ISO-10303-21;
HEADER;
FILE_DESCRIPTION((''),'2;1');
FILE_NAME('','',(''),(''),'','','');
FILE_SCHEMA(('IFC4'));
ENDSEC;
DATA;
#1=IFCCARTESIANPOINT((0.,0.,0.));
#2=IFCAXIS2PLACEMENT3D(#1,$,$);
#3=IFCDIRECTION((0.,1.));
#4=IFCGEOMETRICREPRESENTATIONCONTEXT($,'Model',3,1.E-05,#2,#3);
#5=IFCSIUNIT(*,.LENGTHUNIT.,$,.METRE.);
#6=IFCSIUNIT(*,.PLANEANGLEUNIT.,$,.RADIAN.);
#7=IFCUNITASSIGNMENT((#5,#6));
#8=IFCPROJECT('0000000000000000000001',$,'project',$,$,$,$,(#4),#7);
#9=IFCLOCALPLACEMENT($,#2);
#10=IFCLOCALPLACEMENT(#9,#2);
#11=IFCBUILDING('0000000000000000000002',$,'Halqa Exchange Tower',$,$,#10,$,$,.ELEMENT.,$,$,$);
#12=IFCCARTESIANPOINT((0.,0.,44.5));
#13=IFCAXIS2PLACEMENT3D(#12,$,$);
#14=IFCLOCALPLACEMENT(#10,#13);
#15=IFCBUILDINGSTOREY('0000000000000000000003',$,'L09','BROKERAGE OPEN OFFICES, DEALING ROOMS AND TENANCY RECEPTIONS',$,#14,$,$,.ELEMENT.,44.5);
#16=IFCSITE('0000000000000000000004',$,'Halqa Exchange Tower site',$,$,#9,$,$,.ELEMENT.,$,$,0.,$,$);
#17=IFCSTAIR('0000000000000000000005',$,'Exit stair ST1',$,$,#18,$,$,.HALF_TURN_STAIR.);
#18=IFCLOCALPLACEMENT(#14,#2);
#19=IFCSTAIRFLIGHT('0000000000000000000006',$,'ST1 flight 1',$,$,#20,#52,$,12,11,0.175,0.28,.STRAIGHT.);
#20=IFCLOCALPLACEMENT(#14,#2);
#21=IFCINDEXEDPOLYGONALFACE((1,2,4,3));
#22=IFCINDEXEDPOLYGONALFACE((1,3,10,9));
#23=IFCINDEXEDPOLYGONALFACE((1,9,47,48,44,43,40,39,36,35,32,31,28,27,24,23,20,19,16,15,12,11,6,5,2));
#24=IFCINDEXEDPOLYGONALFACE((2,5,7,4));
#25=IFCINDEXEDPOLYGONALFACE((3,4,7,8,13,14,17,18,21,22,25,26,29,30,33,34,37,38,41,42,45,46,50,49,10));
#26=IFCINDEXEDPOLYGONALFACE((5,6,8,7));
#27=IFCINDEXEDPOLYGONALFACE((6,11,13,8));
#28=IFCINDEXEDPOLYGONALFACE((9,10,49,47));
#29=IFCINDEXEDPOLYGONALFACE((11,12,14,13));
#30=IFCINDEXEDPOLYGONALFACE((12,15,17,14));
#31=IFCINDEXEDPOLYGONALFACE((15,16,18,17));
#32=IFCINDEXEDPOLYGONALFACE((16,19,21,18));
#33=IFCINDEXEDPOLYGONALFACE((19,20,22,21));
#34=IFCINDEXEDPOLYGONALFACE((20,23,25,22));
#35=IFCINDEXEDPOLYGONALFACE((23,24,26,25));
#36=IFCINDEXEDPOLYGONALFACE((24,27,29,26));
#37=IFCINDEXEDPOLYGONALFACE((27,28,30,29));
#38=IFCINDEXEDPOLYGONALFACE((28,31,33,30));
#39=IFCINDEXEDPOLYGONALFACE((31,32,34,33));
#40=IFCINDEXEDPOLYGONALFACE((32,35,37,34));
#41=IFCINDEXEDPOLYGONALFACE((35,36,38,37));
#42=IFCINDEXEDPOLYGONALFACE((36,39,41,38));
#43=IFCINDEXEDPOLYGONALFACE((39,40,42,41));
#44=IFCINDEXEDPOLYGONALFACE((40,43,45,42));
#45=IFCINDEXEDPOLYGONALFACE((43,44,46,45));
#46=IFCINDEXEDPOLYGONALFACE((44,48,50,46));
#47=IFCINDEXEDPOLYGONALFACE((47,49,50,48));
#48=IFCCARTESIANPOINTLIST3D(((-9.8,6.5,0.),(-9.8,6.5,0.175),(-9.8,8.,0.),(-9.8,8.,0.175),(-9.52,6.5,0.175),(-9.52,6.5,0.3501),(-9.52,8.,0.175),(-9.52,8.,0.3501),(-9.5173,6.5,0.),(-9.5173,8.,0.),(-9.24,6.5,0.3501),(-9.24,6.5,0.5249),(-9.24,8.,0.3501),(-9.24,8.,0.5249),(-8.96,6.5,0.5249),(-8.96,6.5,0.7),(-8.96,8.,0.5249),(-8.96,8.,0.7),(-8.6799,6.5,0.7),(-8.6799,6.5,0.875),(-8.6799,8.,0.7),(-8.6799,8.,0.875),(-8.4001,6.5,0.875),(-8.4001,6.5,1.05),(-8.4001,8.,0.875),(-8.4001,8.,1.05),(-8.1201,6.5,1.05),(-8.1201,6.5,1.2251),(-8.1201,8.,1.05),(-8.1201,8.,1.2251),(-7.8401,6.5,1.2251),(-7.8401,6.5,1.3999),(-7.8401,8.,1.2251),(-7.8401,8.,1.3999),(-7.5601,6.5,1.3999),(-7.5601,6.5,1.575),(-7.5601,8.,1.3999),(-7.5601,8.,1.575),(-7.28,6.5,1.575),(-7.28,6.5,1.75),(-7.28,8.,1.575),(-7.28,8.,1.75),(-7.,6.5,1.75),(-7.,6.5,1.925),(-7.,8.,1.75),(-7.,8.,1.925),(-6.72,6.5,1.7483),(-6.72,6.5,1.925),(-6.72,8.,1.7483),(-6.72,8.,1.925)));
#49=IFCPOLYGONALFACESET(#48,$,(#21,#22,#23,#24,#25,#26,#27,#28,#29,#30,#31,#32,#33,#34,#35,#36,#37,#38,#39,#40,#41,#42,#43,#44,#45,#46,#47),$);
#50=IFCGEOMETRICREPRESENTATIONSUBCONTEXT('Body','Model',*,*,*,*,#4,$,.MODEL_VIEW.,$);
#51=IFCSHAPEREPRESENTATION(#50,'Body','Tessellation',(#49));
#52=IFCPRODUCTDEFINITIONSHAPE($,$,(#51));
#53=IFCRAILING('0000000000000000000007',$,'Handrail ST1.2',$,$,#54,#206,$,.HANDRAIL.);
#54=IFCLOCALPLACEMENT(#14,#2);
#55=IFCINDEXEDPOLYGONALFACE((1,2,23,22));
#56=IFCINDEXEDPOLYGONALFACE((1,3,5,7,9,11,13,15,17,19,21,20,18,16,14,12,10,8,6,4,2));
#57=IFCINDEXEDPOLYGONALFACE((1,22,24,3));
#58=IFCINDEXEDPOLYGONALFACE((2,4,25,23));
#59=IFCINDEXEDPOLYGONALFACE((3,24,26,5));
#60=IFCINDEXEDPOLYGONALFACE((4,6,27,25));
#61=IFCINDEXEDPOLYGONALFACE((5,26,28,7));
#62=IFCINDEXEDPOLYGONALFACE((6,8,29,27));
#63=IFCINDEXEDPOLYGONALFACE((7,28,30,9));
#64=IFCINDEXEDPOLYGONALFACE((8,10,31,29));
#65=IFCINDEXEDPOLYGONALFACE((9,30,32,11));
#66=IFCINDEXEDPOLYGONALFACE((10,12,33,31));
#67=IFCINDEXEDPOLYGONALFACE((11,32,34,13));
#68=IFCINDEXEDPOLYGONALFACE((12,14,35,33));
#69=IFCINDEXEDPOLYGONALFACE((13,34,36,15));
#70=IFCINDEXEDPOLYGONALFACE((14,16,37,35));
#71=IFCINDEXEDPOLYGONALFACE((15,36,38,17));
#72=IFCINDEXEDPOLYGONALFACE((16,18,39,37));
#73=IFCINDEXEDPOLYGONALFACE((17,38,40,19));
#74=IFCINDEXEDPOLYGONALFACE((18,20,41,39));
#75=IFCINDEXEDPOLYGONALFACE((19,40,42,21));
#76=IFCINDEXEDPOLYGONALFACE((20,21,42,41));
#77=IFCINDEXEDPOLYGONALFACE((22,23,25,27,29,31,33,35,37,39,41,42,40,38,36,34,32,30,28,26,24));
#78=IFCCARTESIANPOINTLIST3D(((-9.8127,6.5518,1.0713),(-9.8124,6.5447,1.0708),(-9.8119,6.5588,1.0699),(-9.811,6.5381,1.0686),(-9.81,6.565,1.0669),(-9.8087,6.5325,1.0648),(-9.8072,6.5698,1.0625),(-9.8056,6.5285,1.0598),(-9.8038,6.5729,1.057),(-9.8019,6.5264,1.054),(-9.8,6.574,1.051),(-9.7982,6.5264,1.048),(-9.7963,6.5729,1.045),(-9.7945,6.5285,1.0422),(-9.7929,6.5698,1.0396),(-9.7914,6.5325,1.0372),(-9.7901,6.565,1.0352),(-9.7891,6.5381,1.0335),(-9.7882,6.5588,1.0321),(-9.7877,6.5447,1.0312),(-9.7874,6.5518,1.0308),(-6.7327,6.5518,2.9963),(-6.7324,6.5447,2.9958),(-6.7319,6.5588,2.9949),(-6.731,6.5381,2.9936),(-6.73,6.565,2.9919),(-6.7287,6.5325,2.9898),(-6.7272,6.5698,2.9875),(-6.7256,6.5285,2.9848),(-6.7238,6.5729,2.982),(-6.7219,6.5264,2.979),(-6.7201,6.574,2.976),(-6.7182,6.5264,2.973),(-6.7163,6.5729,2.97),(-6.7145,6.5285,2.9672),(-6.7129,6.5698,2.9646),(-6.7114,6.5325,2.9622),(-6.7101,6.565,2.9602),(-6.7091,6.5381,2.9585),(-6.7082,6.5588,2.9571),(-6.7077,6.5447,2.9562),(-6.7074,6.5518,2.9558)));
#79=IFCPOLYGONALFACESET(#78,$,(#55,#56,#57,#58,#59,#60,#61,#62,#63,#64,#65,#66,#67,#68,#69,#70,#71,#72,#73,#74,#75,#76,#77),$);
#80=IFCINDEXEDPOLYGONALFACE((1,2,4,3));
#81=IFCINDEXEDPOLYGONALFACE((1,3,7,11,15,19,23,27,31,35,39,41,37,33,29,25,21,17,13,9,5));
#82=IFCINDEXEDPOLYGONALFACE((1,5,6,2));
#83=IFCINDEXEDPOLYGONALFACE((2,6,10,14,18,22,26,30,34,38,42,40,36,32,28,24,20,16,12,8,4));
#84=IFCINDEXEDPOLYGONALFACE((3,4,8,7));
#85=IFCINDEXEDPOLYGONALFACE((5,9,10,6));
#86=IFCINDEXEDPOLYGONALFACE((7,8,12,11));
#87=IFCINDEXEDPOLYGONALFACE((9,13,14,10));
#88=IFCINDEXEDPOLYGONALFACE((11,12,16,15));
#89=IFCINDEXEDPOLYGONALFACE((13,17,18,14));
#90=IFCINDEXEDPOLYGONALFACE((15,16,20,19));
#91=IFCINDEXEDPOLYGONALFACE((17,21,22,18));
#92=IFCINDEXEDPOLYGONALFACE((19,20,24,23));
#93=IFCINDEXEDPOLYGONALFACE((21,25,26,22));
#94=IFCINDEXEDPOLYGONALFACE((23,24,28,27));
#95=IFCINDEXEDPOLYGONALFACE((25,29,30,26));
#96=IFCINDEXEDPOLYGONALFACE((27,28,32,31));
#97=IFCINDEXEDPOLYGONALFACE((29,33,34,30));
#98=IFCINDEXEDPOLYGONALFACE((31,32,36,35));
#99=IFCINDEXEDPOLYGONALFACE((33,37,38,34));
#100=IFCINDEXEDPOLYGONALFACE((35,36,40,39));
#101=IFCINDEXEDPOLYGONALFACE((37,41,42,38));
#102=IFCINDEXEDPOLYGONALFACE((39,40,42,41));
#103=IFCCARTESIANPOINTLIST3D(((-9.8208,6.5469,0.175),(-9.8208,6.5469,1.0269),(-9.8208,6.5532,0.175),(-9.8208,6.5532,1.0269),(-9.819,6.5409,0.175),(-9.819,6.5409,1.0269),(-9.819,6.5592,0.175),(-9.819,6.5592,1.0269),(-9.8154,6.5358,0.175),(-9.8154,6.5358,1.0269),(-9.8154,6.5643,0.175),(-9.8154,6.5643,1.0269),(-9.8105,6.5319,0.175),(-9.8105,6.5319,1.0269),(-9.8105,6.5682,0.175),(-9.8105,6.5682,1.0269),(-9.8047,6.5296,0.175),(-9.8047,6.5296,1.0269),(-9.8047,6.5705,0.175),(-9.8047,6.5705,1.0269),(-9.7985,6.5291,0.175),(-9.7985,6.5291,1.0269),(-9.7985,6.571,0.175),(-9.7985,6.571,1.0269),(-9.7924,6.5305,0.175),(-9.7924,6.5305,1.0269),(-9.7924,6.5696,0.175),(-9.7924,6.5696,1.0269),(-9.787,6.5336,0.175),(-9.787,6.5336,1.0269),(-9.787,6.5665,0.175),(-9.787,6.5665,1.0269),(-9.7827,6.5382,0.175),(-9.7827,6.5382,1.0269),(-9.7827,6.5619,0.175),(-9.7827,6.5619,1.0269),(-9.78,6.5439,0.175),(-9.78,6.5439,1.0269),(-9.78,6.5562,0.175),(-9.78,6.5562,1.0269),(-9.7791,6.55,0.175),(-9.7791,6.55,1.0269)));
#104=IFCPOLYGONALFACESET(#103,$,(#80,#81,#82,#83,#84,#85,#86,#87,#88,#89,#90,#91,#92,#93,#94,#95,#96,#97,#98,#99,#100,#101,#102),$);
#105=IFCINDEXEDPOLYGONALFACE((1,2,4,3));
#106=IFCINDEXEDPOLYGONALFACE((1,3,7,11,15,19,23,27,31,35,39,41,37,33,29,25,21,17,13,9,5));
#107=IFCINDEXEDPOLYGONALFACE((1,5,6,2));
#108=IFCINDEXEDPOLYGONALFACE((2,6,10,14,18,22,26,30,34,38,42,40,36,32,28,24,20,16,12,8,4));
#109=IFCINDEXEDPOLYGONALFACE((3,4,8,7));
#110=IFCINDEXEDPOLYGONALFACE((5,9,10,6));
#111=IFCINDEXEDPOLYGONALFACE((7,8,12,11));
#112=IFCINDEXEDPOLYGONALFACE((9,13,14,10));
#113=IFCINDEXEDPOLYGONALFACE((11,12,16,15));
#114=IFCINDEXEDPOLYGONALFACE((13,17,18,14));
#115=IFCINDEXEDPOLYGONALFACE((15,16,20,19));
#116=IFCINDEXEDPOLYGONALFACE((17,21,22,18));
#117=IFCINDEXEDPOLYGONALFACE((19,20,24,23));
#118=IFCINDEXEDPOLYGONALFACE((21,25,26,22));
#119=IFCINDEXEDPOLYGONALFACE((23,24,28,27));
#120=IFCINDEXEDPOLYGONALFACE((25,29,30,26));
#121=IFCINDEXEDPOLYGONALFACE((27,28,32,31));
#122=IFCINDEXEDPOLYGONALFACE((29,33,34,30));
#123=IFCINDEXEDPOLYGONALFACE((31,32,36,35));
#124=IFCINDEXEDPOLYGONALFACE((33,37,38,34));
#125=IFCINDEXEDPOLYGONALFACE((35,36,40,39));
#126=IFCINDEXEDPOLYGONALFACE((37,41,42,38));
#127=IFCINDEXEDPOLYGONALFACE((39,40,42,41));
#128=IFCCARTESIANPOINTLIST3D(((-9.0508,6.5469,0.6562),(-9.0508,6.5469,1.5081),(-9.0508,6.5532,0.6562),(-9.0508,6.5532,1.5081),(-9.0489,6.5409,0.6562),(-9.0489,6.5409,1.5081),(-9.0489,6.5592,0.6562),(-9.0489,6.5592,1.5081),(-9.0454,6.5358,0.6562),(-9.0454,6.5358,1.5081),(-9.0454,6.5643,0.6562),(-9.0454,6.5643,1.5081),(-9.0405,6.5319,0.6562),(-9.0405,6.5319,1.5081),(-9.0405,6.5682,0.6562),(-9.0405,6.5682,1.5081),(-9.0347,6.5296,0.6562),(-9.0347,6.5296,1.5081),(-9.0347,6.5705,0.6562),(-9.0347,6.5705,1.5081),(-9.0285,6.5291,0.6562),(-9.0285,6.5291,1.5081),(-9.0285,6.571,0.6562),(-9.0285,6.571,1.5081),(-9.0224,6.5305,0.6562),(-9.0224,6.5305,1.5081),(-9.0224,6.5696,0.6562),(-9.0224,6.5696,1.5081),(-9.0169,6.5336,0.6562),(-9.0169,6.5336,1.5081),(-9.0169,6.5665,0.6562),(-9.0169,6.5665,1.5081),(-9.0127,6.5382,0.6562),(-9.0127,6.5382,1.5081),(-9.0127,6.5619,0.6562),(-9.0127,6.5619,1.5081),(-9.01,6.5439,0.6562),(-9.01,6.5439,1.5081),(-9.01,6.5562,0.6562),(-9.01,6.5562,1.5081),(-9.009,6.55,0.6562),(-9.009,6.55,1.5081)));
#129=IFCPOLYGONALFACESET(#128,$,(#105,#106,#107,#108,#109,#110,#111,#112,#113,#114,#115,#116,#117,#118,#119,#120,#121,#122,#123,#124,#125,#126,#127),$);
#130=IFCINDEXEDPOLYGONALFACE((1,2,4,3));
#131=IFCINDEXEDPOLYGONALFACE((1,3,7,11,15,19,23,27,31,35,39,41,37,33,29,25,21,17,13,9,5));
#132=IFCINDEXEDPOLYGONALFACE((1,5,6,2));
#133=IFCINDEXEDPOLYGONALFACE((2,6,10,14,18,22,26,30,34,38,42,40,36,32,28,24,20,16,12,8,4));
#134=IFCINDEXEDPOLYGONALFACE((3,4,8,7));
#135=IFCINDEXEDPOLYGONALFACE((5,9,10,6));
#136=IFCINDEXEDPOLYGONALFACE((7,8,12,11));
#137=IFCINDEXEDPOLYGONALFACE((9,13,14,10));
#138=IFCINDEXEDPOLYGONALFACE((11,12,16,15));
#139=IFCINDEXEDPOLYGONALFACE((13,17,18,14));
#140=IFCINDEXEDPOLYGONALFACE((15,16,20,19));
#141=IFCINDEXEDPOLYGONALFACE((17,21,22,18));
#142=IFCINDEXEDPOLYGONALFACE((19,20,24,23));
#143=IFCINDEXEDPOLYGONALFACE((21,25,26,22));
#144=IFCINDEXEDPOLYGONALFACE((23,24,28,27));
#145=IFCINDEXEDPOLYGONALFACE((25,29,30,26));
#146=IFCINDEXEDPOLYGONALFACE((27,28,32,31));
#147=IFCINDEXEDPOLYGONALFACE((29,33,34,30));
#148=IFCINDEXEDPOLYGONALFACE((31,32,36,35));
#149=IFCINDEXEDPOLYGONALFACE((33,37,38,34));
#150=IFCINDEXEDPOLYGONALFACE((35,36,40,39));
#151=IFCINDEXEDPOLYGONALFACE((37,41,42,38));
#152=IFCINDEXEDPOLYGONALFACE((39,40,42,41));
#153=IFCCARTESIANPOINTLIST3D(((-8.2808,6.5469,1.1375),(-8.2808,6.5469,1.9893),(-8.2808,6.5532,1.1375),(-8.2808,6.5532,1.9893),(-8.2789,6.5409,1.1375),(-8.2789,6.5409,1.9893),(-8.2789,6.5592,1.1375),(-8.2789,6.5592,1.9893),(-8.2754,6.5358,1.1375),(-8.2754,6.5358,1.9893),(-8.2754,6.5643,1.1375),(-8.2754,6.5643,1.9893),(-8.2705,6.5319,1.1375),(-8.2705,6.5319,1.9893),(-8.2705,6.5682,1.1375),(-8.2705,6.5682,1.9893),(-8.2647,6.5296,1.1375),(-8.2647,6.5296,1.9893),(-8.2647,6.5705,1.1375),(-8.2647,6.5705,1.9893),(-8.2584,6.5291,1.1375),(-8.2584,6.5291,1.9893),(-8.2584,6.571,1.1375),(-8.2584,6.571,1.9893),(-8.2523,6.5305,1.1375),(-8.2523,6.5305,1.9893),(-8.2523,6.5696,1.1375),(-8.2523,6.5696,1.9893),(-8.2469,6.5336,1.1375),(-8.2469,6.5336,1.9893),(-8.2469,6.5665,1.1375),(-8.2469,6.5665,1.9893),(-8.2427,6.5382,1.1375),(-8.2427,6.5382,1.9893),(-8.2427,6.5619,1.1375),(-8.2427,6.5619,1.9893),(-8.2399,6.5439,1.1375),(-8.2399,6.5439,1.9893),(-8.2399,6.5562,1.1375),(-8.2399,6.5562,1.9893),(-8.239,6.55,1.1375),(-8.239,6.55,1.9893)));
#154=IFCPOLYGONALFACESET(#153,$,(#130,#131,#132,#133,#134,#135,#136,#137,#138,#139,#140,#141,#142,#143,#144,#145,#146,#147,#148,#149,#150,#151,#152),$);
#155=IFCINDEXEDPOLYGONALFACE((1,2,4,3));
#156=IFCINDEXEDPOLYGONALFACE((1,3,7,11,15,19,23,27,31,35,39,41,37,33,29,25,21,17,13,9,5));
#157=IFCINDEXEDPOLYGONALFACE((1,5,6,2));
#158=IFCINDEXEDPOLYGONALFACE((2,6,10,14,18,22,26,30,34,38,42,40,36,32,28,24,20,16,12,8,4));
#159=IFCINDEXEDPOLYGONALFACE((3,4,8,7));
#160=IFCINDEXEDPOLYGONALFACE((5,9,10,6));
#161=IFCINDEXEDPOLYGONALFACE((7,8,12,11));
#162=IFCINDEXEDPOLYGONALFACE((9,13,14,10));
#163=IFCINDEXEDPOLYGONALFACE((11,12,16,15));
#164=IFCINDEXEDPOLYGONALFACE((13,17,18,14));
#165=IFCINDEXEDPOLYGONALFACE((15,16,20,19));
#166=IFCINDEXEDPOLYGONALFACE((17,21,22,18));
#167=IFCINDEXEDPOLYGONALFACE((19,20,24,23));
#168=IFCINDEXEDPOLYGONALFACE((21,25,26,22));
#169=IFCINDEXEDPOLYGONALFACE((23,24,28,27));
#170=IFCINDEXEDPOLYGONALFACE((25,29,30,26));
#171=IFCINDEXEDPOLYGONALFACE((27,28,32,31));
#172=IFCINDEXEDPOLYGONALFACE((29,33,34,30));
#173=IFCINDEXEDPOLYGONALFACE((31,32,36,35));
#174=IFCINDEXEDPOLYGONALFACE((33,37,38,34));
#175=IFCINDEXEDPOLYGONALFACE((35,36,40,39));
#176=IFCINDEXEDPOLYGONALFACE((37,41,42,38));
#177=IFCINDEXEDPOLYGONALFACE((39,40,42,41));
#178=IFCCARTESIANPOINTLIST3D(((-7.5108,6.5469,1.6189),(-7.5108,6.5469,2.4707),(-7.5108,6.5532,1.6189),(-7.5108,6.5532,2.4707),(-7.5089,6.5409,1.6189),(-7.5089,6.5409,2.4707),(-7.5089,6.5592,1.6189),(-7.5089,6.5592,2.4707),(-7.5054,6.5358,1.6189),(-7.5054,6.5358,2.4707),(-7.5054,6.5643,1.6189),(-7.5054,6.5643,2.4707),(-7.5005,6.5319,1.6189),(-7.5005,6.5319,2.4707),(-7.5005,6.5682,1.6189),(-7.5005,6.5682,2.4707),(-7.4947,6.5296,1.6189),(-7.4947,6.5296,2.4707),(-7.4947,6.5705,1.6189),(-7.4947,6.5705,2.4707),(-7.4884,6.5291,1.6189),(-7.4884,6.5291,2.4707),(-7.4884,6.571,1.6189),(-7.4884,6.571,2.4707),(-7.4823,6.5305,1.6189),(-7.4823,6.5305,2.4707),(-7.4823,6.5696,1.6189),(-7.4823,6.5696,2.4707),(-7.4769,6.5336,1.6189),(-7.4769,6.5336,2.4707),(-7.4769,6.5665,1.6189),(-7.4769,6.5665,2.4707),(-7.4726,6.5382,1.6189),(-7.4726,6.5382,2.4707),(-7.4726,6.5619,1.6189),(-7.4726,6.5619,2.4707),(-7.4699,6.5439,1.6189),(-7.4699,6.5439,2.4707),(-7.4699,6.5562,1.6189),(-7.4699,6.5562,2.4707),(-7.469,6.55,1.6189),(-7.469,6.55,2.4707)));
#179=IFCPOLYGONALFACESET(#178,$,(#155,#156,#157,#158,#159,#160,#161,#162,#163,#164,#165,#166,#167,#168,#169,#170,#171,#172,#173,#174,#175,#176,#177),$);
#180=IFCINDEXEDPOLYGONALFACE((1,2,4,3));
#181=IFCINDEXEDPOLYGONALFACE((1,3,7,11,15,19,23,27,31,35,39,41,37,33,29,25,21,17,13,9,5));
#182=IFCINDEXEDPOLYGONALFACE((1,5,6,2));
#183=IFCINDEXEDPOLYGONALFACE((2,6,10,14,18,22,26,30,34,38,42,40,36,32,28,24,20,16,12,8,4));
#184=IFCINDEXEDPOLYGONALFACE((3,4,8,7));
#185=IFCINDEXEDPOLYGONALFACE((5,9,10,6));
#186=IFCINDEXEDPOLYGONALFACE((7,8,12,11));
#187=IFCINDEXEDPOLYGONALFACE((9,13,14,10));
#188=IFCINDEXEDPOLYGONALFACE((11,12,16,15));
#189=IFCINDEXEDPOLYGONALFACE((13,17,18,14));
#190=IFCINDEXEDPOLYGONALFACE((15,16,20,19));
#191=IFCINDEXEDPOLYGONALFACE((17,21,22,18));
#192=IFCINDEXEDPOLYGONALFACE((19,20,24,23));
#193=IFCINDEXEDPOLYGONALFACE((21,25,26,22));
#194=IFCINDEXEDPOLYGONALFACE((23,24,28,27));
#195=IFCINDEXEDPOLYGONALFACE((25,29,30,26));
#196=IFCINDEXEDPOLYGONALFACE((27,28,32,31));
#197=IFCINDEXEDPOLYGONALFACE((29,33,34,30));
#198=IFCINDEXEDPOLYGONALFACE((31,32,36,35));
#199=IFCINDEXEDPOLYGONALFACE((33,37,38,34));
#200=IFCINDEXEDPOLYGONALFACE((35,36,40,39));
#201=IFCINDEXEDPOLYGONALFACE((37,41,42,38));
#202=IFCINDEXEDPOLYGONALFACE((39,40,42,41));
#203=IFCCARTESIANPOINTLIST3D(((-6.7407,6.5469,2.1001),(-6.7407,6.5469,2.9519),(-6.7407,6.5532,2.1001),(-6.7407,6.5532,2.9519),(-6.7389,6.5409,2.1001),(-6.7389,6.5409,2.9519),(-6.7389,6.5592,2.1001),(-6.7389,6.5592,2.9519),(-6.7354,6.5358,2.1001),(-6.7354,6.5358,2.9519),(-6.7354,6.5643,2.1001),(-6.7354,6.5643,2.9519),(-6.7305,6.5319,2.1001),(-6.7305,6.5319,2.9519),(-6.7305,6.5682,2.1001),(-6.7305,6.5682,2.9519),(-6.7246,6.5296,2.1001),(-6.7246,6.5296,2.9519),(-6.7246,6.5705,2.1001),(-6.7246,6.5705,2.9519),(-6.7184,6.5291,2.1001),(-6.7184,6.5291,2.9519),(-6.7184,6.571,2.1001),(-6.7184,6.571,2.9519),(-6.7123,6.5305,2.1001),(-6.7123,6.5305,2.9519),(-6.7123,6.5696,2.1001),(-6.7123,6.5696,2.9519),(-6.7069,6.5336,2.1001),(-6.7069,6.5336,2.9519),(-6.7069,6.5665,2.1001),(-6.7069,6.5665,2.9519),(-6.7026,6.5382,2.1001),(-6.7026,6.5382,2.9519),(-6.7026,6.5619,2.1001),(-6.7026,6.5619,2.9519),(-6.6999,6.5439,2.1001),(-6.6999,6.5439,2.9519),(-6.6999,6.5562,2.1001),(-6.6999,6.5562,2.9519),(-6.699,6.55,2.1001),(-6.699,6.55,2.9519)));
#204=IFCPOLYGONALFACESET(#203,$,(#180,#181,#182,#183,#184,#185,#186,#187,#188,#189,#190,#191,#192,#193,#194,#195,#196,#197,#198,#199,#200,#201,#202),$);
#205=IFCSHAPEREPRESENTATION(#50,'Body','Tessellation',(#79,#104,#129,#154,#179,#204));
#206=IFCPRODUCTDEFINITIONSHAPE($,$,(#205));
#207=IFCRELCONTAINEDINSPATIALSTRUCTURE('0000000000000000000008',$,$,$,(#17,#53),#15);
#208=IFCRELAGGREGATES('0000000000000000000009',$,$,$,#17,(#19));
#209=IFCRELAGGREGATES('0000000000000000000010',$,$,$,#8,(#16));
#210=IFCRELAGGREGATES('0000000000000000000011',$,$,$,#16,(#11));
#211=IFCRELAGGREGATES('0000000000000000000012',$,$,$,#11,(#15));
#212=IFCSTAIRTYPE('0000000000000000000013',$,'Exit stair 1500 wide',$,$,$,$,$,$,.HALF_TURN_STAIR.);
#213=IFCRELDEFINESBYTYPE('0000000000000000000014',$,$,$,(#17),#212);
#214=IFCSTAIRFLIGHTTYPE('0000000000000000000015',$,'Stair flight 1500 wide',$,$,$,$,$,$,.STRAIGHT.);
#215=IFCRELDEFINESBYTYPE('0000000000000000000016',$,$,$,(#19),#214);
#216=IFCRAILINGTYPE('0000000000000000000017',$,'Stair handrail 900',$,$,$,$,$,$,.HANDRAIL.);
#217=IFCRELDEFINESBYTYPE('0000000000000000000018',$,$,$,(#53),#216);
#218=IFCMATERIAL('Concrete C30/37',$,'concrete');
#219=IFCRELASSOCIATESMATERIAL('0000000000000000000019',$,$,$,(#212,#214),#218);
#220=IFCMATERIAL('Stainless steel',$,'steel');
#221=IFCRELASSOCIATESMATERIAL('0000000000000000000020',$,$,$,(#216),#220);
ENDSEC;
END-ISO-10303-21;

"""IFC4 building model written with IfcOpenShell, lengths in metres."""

from ifc_helpers import new_model, si_unit, direction, frame, origin, origin_2d, place, context, subcontext, project, spatial, polyline, circle, outline, extrude, material, type_object, element, aggregate, save


model = new_model("IFC4")

# Units and contexts
model_context = context("Model", 3, precision=1e-05, world=origin(), true_north=direction((0.0, 1.0)))
body_context = subcontext(model_context, "Body", "Model", "MODEL_VIEW")
ifc_project = project(units=[si_unit("LENGTHUNIT", "METRE"), si_unit("PLANEANGLEUNIT", "RADIAN")], contexts=[model_context])

# Site, building, storey
site_placement = place(None, origin())
site = spatial("IfcSite", under=ifc_project, at=site_placement, Name="Halqa Exchange Tower site", CompositionType="ELEMENT", RefElevation=0.0)
building_placement = place(site_placement, origin())
building = spatial("IfcBuilding", under=site, at=building_placement, Name="Halqa Exchange Tower", CompositionType="ELEMENT")
storey_placement = place(building_placement, frame((0.0, 0.0, 44.5)))
storey = spatial("IfcBuildingStorey", under=building, at=storey_placement, Name="L09", Description="BROKERAGE OPEN OFFICES, DEALING ROOMS AND TENANCY RECEPTIONS", CompositionType="ELEMENT", Elevation=44.5)

# Shared definitions
ifc_material_1 = material(Name="Stainless steel", Category="steel")

# Shared definitions
ifc_material_2 = material(Name="Concrete C30/37", Category="concrete")

# Stair, stair flight
stair_type = type_object("IfcStairType", Name="Exit stair 1500 wide", PredefinedType="HALF_TURN_STAIR", material=ifc_material_2)
stair_placement = place(storey_placement, origin())
stair = element("IfcStair", 1, at=stair_placement, inside=storey, type_object=stair_type, Name="Exit stair ST1", PredefinedType="HALF_TURN_STAIR")
stair_flight_type = type_object("IfcStairFlightType", Name="Stair flight 1500 wide", PredefinedType="STRAIGHT", material=ifc_material_2)
stair_flight_placement = place(storey_placement, frame((-9.8, 7.25, 0.0), z_axis=(0.0, 0.0, 1.0), x_axis=(1.0, 0.0, 0.0)))
stair_flight = element("IfcStairFlight", 2, at=stair_flight_placement, type_object=stair_flight_type, Name="ST1 flight 1", NumberOfRisers=12, NumberOfTreads=11, PredefinedType="STRAIGHT", RiserHeight=0.175, TreadLength=0.28, context=body_context, shape_type="SweptSolid", body=[
    extrude(outline(polyline([(0.0, 0.0), (0.0, 0.175), (0.28, 0.175), (0.28, 0.3501), (0.5601, 0.3501), (0.5601, 0.5249), (0.8401, 0.5249), (0.8401, 0.7), (1.1201, 0.7), (1.1201, 0.875), (1.3999, 0.875), (1.3999, 1.05), (1.6799, 1.05), (1.6799, 1.2251), (1.96, 1.2251), (1.96, 1.3999), (2.24, 1.3999), (2.24, 1.575), (2.52, 1.575), (2.52, 1.75), (2.8, 1.75), (2.8, 1.925), (3.0801, 1.925), (3.0801, 2.1001), (3.0801, 1.7483), (0.2827, 0.0), (0.0, 0.0)])), frame((0.0, 0.75, 0.0), z_axis=(0.0, -1.0, 0.0), x_axis=(1.0, 0.0, 0.0)), (0.0, 0.0, 1.0), 1.5),
])
aggregate(stair, [stair_flight])

# Railing
railing_type_1 = type_object("IfcRailingType", Name="Stair handrail 900", PredefinedType="HANDRAIL", material=ifc_material_1)
railing_1_placement = place(storey_placement, frame((-9.8, 6.55, 0.175)))
element("IfcRailing", 3, at=railing_1_placement, inside=storey, type_object=railing_type_1, Name="Handrail ST1.2", PredefinedType="HANDRAIL", context=body_context, shape_type="SweptSolid", body=[
    extrude(circle(Radius=0.0239, at=origin_2d()), frame((0.0, 0.0, 0.876), z_axis=(0.847998, 0.0, 0.529999), x_axis=(0.0, 1.0, 0.0)), (0.0, 0.0, 1.0), 3.6321),
    extrude(circle(Radius=0.021, at=origin_2d()), origin(), (0.0, 0.0, 1.0), 0.8518),
    extrude(circle(Radius=0.021, at=origin_2d()), frame((0.77, 0.0, 0.4812)), (0.0, 0.0, 1.0), 0.8518),
    extrude(circle(Radius=0.021, at=origin_2d()), frame((1.54, 0.0, 0.9624)), (0.0, 0.0, 1.0), 0.8518),
    extrude(circle(Radius=0.021, at=origin_2d()), frame((2.3101, 0.0, 1.4438)), (0.0, 0.0, 1.0), 0.8518),
    extrude(circle(Radius=0.021, at=origin_2d()), frame((3.0801, 0.0, 1.925)), (0.0, 0.0, 1.0), 0.8518),
])

save(model, "model.ifc")
